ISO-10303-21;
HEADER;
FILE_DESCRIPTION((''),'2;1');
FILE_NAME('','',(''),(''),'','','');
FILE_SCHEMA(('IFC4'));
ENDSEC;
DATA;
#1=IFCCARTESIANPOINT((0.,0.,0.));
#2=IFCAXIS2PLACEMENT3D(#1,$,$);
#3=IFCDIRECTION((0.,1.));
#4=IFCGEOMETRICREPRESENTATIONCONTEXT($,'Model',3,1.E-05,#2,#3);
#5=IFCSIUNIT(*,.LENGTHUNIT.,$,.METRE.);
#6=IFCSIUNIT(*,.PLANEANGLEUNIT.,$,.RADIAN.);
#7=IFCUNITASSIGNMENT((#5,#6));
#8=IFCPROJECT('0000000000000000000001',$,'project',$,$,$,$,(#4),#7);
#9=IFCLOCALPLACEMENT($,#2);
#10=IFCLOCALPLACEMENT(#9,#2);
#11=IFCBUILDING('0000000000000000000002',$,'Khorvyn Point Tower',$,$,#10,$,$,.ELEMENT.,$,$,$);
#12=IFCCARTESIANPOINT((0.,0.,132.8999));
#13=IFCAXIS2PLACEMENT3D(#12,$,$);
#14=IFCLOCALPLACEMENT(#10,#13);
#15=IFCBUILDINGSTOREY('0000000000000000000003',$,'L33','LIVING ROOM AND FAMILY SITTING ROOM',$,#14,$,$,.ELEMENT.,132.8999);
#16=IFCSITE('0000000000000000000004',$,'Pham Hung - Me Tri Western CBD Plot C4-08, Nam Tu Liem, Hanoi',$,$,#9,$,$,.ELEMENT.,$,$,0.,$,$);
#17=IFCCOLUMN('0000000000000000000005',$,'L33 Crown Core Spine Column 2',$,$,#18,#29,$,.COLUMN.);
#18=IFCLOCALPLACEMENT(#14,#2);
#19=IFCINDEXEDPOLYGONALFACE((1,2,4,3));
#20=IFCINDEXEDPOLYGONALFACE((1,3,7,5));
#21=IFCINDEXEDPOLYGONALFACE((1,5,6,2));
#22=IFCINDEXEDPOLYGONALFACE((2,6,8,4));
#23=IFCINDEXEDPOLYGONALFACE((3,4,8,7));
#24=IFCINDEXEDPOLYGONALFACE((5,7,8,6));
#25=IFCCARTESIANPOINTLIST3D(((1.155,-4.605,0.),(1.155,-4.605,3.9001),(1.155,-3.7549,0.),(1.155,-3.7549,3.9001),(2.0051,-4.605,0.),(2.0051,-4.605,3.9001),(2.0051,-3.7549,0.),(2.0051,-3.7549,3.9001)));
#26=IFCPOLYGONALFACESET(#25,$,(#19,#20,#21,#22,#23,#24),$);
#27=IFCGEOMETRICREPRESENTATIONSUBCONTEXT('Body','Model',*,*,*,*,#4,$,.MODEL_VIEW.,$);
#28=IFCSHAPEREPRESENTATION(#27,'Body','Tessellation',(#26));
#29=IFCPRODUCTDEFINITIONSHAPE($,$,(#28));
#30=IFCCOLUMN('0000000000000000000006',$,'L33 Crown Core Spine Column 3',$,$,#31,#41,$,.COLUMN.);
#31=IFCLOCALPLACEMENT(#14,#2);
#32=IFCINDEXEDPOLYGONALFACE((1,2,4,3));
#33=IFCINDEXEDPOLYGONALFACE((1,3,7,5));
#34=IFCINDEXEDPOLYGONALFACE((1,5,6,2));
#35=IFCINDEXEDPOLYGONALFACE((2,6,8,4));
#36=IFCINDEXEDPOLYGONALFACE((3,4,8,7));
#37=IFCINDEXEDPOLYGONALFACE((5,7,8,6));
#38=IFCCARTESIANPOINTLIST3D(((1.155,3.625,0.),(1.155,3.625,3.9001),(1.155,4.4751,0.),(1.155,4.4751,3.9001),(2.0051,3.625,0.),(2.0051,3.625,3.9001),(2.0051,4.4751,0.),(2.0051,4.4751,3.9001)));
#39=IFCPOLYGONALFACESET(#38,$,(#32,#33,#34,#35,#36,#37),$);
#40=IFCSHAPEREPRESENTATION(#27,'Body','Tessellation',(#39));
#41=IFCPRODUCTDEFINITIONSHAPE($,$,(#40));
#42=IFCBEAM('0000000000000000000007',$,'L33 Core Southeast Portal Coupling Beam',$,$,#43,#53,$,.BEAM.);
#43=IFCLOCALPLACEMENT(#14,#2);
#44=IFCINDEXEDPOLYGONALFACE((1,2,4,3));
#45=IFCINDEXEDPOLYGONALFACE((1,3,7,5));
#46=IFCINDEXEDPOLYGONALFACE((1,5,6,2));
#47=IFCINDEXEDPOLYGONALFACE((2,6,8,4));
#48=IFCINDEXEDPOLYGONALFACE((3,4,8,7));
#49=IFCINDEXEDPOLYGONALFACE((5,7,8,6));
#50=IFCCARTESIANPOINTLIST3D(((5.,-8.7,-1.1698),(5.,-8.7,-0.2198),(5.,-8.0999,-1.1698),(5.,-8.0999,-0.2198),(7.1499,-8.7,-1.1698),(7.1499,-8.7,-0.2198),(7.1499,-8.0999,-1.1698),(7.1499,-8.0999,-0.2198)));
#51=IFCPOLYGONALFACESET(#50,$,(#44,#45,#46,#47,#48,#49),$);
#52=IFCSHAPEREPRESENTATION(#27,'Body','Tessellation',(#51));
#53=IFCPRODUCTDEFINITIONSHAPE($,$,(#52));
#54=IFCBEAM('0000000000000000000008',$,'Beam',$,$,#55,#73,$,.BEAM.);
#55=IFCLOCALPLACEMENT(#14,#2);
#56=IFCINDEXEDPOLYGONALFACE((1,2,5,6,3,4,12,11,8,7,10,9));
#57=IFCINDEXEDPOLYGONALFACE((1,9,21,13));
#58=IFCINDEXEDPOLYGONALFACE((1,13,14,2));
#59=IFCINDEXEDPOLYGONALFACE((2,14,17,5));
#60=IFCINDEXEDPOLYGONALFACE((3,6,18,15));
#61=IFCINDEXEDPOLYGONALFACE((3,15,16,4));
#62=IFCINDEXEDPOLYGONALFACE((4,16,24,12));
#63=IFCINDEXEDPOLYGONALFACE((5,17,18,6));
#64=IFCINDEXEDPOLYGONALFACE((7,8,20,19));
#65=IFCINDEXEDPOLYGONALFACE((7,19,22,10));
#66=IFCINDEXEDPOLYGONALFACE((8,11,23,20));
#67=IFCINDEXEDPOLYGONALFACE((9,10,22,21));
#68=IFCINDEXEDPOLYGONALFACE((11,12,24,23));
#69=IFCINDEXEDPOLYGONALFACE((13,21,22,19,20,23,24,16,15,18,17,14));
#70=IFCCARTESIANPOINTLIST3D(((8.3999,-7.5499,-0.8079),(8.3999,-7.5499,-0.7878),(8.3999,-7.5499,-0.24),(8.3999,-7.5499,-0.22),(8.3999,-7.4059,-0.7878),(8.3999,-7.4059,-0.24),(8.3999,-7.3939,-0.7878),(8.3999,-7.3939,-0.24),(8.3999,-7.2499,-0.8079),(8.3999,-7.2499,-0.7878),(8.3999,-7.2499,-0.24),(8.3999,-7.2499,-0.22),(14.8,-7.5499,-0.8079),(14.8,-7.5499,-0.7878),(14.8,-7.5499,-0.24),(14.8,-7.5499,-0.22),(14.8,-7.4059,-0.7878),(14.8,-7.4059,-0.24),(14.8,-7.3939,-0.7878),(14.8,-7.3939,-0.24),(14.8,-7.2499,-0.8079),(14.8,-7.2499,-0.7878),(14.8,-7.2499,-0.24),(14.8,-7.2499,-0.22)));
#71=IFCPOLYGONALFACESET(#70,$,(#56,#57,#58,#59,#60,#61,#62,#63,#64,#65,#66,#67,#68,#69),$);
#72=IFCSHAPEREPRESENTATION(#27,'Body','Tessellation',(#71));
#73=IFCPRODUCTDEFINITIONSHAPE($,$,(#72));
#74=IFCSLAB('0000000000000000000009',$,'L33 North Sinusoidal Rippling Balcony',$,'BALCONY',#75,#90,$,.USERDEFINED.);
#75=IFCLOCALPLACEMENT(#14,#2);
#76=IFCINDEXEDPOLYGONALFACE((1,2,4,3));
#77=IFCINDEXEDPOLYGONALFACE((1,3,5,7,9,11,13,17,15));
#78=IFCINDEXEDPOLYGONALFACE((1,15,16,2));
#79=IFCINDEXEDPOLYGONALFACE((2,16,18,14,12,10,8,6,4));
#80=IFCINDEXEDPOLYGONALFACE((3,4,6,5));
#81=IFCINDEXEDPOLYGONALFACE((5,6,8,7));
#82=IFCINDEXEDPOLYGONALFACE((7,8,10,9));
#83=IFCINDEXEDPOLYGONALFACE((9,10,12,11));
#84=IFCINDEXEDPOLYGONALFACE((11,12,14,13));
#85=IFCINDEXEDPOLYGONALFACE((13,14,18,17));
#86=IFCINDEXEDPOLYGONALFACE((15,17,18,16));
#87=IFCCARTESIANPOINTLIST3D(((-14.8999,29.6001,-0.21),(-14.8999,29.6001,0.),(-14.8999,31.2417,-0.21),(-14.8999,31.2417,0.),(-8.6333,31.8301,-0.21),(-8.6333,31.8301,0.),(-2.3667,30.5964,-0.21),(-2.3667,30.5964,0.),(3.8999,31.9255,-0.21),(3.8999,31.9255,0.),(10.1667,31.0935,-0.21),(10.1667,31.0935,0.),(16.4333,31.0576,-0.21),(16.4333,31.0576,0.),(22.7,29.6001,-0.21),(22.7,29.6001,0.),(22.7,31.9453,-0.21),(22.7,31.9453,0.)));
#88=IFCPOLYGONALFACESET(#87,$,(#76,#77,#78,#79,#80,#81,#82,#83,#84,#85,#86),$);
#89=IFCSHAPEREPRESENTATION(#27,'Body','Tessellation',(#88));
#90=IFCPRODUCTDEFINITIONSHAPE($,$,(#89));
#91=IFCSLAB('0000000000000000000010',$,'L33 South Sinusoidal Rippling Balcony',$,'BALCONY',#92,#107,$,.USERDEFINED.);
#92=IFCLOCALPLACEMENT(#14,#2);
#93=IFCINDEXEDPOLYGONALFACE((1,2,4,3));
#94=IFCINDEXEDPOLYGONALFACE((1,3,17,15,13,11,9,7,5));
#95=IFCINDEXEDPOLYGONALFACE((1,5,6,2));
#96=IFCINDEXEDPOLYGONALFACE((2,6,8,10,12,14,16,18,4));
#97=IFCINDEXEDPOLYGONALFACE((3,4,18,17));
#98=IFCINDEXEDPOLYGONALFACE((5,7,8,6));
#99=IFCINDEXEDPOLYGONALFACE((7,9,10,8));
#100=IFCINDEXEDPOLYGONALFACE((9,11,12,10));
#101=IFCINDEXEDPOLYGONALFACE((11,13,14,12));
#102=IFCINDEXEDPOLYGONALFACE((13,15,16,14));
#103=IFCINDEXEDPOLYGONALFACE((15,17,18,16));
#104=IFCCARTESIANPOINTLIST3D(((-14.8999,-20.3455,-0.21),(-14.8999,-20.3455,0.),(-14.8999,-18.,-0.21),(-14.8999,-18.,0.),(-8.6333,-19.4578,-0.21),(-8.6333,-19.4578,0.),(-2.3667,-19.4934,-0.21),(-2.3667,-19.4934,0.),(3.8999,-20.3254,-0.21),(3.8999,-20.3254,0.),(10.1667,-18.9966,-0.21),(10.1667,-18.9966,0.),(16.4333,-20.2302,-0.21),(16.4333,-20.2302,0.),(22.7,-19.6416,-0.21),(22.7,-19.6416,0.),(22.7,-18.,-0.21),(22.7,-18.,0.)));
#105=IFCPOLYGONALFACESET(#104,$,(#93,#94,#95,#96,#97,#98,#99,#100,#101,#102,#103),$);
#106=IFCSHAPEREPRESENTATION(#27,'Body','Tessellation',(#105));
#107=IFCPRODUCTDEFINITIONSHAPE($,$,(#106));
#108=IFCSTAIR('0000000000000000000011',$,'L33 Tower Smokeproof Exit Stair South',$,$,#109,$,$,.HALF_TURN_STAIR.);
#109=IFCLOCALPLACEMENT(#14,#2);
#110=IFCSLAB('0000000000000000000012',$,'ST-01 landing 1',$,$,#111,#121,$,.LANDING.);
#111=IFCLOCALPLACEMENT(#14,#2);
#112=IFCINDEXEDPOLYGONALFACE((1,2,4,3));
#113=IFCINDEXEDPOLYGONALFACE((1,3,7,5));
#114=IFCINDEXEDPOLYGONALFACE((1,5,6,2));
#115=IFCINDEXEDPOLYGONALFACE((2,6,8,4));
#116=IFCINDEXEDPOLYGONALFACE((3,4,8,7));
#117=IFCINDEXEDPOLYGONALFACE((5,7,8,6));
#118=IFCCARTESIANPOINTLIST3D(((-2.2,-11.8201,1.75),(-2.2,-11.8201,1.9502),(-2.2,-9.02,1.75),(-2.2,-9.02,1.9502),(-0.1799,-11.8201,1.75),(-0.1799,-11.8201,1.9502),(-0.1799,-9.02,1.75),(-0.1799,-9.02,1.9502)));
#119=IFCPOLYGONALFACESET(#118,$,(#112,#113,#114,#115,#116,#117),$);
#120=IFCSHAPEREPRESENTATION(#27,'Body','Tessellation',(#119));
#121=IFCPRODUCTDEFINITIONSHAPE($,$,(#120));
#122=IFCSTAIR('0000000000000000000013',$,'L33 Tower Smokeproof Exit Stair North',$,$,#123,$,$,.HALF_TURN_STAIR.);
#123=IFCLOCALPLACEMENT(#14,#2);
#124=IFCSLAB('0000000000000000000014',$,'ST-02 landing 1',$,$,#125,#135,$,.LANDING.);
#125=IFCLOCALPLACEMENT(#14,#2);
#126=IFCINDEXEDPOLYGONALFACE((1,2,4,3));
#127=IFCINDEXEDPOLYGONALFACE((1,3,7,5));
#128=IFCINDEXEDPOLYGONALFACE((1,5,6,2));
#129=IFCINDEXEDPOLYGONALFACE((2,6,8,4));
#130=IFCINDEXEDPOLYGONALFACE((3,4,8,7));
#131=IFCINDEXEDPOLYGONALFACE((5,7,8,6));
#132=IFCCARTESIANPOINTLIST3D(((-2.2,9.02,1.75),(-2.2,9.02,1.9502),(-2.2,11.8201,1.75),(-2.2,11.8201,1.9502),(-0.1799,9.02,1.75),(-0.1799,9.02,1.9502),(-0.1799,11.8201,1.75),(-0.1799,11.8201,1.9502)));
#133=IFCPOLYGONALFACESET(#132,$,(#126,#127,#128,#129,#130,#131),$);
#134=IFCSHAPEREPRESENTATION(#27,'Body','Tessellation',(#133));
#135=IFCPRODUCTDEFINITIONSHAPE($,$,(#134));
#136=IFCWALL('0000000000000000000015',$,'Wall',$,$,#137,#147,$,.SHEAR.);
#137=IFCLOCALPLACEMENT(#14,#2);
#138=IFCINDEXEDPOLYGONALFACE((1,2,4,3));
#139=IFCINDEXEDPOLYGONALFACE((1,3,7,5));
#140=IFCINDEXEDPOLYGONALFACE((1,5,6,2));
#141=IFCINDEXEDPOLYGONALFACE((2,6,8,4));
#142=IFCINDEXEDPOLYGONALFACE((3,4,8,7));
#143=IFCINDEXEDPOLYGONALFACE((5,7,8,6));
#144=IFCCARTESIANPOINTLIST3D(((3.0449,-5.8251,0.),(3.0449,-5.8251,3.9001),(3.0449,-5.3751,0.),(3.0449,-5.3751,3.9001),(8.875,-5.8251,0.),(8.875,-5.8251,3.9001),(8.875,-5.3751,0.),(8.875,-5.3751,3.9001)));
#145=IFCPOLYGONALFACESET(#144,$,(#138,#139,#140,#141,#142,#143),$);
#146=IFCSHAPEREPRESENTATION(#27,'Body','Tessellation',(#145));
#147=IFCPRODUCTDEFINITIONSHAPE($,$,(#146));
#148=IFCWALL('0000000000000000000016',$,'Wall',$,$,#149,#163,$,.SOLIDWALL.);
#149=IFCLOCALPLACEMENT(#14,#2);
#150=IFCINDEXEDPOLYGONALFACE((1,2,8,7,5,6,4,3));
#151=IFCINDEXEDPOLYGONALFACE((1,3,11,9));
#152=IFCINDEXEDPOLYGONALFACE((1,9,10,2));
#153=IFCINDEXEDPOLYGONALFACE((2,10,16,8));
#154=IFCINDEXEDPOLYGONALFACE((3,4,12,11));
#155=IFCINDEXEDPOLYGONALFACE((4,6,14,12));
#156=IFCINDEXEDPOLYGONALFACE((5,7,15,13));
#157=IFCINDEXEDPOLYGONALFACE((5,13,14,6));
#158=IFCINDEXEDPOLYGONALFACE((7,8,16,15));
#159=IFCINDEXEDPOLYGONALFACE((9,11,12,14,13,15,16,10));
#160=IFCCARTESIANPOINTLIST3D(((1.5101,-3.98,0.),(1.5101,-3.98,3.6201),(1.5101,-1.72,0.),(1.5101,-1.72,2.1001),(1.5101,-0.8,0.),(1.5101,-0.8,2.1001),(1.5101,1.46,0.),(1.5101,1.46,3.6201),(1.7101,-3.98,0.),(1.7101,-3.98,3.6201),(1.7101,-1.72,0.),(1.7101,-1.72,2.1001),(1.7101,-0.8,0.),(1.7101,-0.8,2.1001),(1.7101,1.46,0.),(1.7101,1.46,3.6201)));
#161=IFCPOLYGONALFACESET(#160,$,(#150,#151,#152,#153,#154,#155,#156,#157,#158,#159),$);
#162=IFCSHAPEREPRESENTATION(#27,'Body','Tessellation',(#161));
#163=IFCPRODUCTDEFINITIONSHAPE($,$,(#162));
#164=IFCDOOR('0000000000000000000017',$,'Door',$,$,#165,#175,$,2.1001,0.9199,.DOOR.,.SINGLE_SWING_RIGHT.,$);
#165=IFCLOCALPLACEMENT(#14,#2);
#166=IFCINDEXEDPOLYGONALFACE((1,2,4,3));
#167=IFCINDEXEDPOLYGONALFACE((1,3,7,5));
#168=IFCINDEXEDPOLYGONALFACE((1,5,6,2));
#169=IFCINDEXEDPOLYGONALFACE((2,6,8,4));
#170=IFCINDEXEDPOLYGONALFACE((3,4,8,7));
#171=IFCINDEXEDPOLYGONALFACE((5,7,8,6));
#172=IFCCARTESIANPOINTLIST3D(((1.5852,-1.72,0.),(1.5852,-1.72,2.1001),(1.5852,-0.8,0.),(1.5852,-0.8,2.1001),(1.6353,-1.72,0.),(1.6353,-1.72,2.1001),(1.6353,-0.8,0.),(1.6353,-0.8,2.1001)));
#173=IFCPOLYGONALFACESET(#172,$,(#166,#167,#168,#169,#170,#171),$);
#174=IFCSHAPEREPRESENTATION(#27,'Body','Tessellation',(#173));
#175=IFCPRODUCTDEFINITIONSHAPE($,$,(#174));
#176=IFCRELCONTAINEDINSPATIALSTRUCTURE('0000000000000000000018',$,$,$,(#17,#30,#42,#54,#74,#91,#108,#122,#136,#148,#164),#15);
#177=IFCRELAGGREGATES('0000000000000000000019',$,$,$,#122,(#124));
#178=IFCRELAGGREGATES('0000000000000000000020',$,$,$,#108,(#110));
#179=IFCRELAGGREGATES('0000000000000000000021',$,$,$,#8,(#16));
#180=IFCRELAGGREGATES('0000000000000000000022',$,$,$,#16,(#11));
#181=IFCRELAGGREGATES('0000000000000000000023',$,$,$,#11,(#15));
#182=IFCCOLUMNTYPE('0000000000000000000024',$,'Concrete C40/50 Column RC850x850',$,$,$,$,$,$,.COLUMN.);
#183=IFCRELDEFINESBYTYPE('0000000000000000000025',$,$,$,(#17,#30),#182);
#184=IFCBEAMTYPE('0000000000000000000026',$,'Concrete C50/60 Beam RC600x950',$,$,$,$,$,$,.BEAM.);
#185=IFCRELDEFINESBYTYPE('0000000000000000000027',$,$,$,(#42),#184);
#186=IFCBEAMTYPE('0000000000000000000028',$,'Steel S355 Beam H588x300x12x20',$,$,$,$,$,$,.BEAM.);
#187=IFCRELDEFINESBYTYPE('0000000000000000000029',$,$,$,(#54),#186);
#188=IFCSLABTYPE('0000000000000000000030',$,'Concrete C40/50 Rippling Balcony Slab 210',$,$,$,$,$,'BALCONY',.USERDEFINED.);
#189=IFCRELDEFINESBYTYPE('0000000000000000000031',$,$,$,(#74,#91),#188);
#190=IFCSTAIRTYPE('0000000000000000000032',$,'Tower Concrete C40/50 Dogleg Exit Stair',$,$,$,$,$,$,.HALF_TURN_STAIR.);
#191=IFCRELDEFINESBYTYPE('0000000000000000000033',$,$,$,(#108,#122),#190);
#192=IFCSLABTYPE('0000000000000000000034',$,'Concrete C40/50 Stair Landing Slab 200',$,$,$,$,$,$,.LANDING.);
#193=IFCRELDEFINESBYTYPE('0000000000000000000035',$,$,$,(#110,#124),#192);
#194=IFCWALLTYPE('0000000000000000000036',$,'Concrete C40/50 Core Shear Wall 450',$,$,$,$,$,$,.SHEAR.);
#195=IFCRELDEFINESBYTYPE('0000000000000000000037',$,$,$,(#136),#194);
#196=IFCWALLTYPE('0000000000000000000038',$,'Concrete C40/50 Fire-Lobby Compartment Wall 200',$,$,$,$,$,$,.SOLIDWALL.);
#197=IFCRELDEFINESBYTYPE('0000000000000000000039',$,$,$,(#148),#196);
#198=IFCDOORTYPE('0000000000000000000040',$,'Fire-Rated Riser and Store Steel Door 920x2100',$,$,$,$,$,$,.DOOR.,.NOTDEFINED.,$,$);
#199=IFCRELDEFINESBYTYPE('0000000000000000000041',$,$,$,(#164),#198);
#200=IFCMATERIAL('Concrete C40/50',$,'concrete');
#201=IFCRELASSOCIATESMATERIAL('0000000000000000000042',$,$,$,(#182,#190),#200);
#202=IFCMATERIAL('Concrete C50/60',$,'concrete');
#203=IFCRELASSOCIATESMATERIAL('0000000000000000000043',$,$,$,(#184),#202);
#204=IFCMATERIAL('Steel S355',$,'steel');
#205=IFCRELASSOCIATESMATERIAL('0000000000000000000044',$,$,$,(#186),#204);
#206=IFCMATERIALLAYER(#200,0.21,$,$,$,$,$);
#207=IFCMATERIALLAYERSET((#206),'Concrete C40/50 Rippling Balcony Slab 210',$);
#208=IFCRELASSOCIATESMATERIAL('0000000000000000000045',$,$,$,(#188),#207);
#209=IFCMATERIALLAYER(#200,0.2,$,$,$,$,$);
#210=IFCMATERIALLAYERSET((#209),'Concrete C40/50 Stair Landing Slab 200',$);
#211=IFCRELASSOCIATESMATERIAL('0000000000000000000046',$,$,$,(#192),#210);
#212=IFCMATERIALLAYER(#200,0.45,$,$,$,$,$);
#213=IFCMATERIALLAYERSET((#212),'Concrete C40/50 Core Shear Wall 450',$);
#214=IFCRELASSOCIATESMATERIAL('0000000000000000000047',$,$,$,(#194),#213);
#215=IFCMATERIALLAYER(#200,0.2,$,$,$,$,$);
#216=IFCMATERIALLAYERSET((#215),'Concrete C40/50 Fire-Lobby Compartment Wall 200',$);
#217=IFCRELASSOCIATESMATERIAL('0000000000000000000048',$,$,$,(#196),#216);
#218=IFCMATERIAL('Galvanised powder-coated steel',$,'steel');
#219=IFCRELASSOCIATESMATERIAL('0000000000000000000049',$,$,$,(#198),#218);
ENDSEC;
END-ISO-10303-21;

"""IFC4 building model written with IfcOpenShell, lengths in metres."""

from ifc_helpers import new_model, si_unit, direction, frame, frame_2d, origin, origin_2d, place, context, subcontext, project, spatial, polyline, rectangle, i_section, outline, extrude, material, layer, layer_set, material_profile, profile_set, type_object, element, fill, aggregate, save


model = new_model("IFC4")

# Units and contexts
model_context = context("Model", 3, precision=1e-05, world=origin(), true_north=direction((0.0, 1.0)))
body_context = subcontext(model_context, "Body", "Model", "MODEL_VIEW")
ifc_project = project(units=[si_unit("LENGTHUNIT", "METRE"), si_unit("PLANEANGLEUNIT", "RADIAN")], contexts=[model_context])

# Site, building, storey
site_placement = place(None, origin())
site = spatial("IfcSite", under=ifc_project, at=site_placement, Name="Pham Hung - Me Tri Western CBD Plot C4-08, Nam Tu Liem, Hanoi", CompositionType="ELEMENT", RefElevation=0.0)
building_placement = place(site_placement, origin())
building = spatial("IfcBuilding", under=site, at=building_placement, Name="Khorvyn Point Tower", CompositionType="ELEMENT")
storey_placement = place(building_placement, frame((0.0, 0.0, 132.8999)))
storey = spatial("IfcBuildingStorey", under=building, at=storey_placement, Name="L33", Description="LIVING ROOM AND FAMILY SITTING ROOM", CompositionType="ELEMENT", Elevation=132.8999)

# Columns
ifc_material_1 = material(Name="Concrete C40/50", Category="concrete")
ifc_material_profile_1 = material_profile(ifc_material_1, rectangle(XDim=0.8501, YDim=0.8501, at=origin_2d()))
ifc_profile_set_1 = profile_set([ifc_material_profile_1], Name="Concrete C40/50 RC850x850")
column_type = type_object("IfcColumnType", Name="Concrete C40/50 Column RC850x850", PredefinedType="COLUMN", material=ifc_profile_set_1)
for number, where, z_axis, x_axis, name in (
    (1, (1.5801, -4.1799, 0.0), (0.0, 0.0, 1.0), (1.0, 0.0, 0.0), "L33 Crown Core Spine Column 2"),
    (2, (1.5801, 4.05, 0.0), (0.0, 0.0, 1.0), (1.0, 0.0, 0.0), "L33 Crown Core Spine Column 3"),
):
    element("IfcColumn", number, at=place(storey_placement, frame(where, z_axis=z_axis, x_axis=x_axis)), inside=storey, type_object=column_type, Name=name, PredefinedType="COLUMN", context=body_context, shape_type="SweptSolid", body=[
        extrude(rectangle(XDim=0.8501, YDim=0.8501, at=origin_2d()), origin(), (0.0, 0.0, 1.0), 3.9001),
    ])

# Beams
ifc_material_2 = material(Name="Concrete C50/60", Category="concrete")
ifc_material_profile_2 = material_profile(ifc_material_2, rectangle(XDim=0.6001, YDim=0.95, at=origin_2d()))
ifc_profile_set_2 = profile_set([ifc_material_profile_2], Name="Concrete C50/60 RC600x950")
beam_type_1 = type_object("IfcBeamType", Name="Concrete C50/60 Beam RC600x950", PredefinedType="BEAM", material=ifc_profile_set_2)
beam_1_placement = place(storey_placement, frame((5.0, -8.3999, -0.6948), z_axis=(1.0, 0.0, 0.0), x_axis=(0.0, 1.0, 0.0)))
element("IfcBeam", 3, at=beam_1_placement, inside=storey, type_object=beam_type_1, Name="L33 Core Southeast Portal Coupling Beam", PredefinedType="BEAM", context=body_context, shape_type="SweptSolid", body=[
    extrude(rectangle(XDim=0.6001, YDim=0.95, at=origin_2d()), origin(), (0.0, 0.0, 1.0), 2.1499),
])
ifc_material_3 = material(Name="Steel S355", Category="steel")
ifc_material_profile_3 = material_profile(ifc_material_3, i_section(OverallWidth=0.3, OverallDepth=0.5879, WebThickness=0.012, FlangeThickness=0.02, at=origin_2d()))
ifc_profile_set_3 = profile_set([ifc_material_profile_3], Name="Steel S355 H588x300x12x20")
beam_type_2 = type_object("IfcBeamType", Name="Steel S355 Beam H588x300x12x20", PredefinedType="BEAM", material=ifc_profile_set_3)
beam_2_placement = place(storey_placement, frame((8.3999, -7.3999, -0.5139), z_axis=(1.0, 0.0, 0.0), x_axis=(0.0, 1.0, 0.0)))
element("IfcBeam", 4, at=beam_2_placement, inside=storey, type_object=beam_type_2, Name="Beam", PredefinedType="BEAM", context=body_context, shape_type="SweptSolid", body=[
    extrude(i_section(OverallWidth=0.3, OverallDepth=0.5879, WebThickness=0.012, FlangeThickness=0.02, at=origin_2d()), origin(), (0.0, 0.0, 1.0), 6.4001),
])

# Slabs
ifc_layer_1 = layer(ifc_material_1, 0.21)
ifc_layer_set_1 = layer_set([ifc_layer_1], Name="Concrete C40/50 Rippling Balcony Slab 210")
slab_type_1 = type_object("IfcSlabType", Name="Concrete C40/50 Rippling Balcony Slab 210", ElementType="BALCONY", PredefinedType="USERDEFINED", material=ifc_layer_set_1)
slab_1_placement = place(storey_placement, frame((0.0, 0.0, -0.21)))
element("IfcSlab", 5, at=slab_1_placement, inside=storey, type_object=slab_type_1, Name="L33 North Sinusoidal Rippling Balcony", ObjectType="BALCONY", PredefinedType="USERDEFINED", context=body_context, shape_type="SweptSolid", body=[
    extrude(outline(polyline([(22.7, 29.6001), (22.7, 31.9453), (16.4333, 31.0576), (10.1667, 31.0935), (3.8999, 31.9255), (-2.3667, 30.5964), (-8.6333, 31.8301), (-14.8999, 31.2417), (-14.8999, 29.6001), (22.7, 29.6001)])), origin(), (0.0, 0.0, 1.0), 0.21),
])
slab_2_placement = place(storey_placement, frame((0.0, 0.0, -0.21)))
element("IfcSlab", 6, at=slab_2_placement, inside=storey, type_object=slab_type_1, Name="L33 South Sinusoidal Rippling Balcony", ObjectType="BALCONY", PredefinedType="USERDEFINED", context=body_context, shape_type="SweptSolid", body=[
    extrude(outline(polyline([(-14.8999, -18.0), (-14.8999, -20.3455), (-8.6333, -19.4578), (-2.3667, -19.4934), (3.8999, -20.3254), (10.1667, -18.9966), (16.4333, -20.2302), (22.7, -19.6416), (22.7, -18.0), (-14.8999, -18.0)])), origin(), (0.0, 0.0, 1.0), 0.21),
])

# Stairs, slabs
stair_type = type_object("IfcStairType", Name="Tower Concrete C40/50 Dogleg Exit Stair", PredefinedType="HALF_TURN_STAIR", material=ifc_material_1)
stair_1_placement = place(storey_placement, origin())
stair_1 = element("IfcStair", 7, at=stair_1_placement, inside=storey, type_object=stair_type, Name="L33 Tower Smokeproof Exit Stair South", PredefinedType="HALF_TURN_STAIR")
ifc_layer_2 = layer(ifc_material_1, 0.2)
ifc_layer_set_2 = layer_set([ifc_layer_2], Name="Concrete C40/50 Stair Landing Slab 200")
slab_type_2 = type_object("IfcSlabType", Name="Concrete C40/50 Stair Landing Slab 200", PredefinedType="LANDING", material=ifc_layer_set_2)
slab_3_placement = place(storey_placement, frame((0.0, 0.0, 1.75)))
slab_3 = element("IfcSlab", 8, at=slab_3_placement, type_object=slab_type_2, Name="ST-01 landing 1", PredefinedType="LANDING", context=body_context, shape_type="SweptSolid", body=[
    extrude(outline(polyline([(-0.1799, -9.02), (-2.2, -9.02), (-2.2, -11.8201), (-0.1799, -11.8201), (-0.1799, -9.02)])), origin(), (0.0, 0.0, 1.0), 0.2002),
])
stair_2_placement = place(storey_placement, origin())
stair_2 = element("IfcStair", 9, at=stair_2_placement, inside=storey, type_object=stair_type, Name="L33 Tower Smokeproof Exit Stair North", PredefinedType="HALF_TURN_STAIR")
slab_4_placement = place(storey_placement, frame((0.0, 0.0, 1.75)))
slab_4 = element("IfcSlab", 10, at=slab_4_placement, type_object=slab_type_2, Name="ST-02 landing 1", PredefinedType="LANDING", context=body_context, shape_type="SweptSolid", body=[
    extrude(outline(polyline([(-0.1799, 11.8201), (-2.2, 11.8201), (-2.2, 9.02), (-0.1799, 9.02), (-0.1799, 11.8201)])), origin(), (0.0, 0.0, 1.0), 0.2002),
])
aggregate(stair_2, [slab_4])

# Wall
ifc_layer_3 = layer(ifc_material_1, 0.45)
ifc_layer_set_3 = layer_set([ifc_layer_3], Name="Concrete C40/50 Core Shear Wall 450")
wall_type_1 = type_object("IfcWallType", Name="Concrete C40/50 Core Shear Wall 450", PredefinedType="SHEAR", material=ifc_layer_set_3)
wall_1_placement = place(storey_placement, frame((3.0449, -5.6001, 0.0), z_axis=(0.0, 0.0, 1.0), x_axis=(1.0, 0.0, 0.0)))
element("IfcWall", 11, at=wall_1_placement, inside=storey, type_object=wall_type_1, Name="Wall", PredefinedType="SHEAR", context=body_context, shape_type="SweptSolid", body=[
    extrude(rectangle(XDim=5.8301, YDim=0.45, at=frame_2d((2.915, 0.0))), origin(), (0.0, 0.0, 1.0), 3.9001),
])

# Wall, opening, door
ifc_layer_4 = layer(ifc_material_1, 0.2)
ifc_layer_set_4 = layer_set([ifc_layer_4], Name="Concrete C40/50 Fire-Lobby Compartment Wall 200")
wall_type_2 = type_object("IfcWallType", Name="Concrete C40/50 Fire-Lobby Compartment Wall 200", PredefinedType="SOLIDWALL", material=ifc_layer_set_4)
ifc_material_4 = material(Name="Galvanised powder-coated steel", Category="steel")
wall_2_placement = place(storey_placement, frame((1.6101, -3.98, 0.0), z_axis=(0.0, 0.0, 1.0), x_axis=(0.0, 1.0, 0.0)))
wall_2 = element("IfcWall", 12, at=wall_2_placement, inside=storey, type_object=wall_type_2, Name="Wall", PredefinedType="SOLIDWALL", context=body_context, shape_type="SweptSolid", body=[
    extrude(rectangle(XDim=5.4399, YDim=0.2, at=frame_2d((2.72, 0.0))), origin(), (0.0, 0.0, 1.0), 3.6201),
])
opening_1_placement = place(wall_2_placement, frame((2.26, 0.0, 0.0)))
opening_1 = element("IfcOpeningElement", 13, at=opening_1_placement, cuts=wall_2, PredefinedType="OPENING", context=body_context, shape_type="SweptSolid", body=[
    extrude(rectangle(XDim=0.9199, YDim=2.1001, at=frame_2d((0.46, 1.05))), frame((0.0, 0.1099, 0.0), z_axis=(0.0, -1.0, 0.0), x_axis=(1.0, 0.0, 0.0)), (0.0, 0.0, 1.0), 0.22),
])
door_type_1 = type_object("IfcDoorType", Name="Fire-Rated Riser and Store Steel Door 920x2100", OperationType="NOTDEFINED", PredefinedType="DOOR", material=ifc_material_4)
door_1_placement = place(opening_1_placement, origin())
door_1 = element("IfcDoor", 14, at=door_1_placement, inside=storey, type_object=door_type_1, Name="Door", OperationType="SINGLE_SWING_RIGHT", OverallHeight=2.1001, OverallWidth=0.9199, PredefinedType="DOOR", context=body_context, shape_type="SweptSolid", body=[
    extrude(rectangle(XDim=0.9199, YDim=2.1001, at=frame_2d((0.46, 1.05))), frame((0.0, 0.0249, 0.0), z_axis=(0.0, -1.0, 0.0), x_axis=(1.0, 0.0, 0.0)), (0.0, 0.0, 1.0), 0.05),
])
fill(opening_1, door_1)

aggregate(stair_1, [slab_3])

save(model, "model.ifc")
